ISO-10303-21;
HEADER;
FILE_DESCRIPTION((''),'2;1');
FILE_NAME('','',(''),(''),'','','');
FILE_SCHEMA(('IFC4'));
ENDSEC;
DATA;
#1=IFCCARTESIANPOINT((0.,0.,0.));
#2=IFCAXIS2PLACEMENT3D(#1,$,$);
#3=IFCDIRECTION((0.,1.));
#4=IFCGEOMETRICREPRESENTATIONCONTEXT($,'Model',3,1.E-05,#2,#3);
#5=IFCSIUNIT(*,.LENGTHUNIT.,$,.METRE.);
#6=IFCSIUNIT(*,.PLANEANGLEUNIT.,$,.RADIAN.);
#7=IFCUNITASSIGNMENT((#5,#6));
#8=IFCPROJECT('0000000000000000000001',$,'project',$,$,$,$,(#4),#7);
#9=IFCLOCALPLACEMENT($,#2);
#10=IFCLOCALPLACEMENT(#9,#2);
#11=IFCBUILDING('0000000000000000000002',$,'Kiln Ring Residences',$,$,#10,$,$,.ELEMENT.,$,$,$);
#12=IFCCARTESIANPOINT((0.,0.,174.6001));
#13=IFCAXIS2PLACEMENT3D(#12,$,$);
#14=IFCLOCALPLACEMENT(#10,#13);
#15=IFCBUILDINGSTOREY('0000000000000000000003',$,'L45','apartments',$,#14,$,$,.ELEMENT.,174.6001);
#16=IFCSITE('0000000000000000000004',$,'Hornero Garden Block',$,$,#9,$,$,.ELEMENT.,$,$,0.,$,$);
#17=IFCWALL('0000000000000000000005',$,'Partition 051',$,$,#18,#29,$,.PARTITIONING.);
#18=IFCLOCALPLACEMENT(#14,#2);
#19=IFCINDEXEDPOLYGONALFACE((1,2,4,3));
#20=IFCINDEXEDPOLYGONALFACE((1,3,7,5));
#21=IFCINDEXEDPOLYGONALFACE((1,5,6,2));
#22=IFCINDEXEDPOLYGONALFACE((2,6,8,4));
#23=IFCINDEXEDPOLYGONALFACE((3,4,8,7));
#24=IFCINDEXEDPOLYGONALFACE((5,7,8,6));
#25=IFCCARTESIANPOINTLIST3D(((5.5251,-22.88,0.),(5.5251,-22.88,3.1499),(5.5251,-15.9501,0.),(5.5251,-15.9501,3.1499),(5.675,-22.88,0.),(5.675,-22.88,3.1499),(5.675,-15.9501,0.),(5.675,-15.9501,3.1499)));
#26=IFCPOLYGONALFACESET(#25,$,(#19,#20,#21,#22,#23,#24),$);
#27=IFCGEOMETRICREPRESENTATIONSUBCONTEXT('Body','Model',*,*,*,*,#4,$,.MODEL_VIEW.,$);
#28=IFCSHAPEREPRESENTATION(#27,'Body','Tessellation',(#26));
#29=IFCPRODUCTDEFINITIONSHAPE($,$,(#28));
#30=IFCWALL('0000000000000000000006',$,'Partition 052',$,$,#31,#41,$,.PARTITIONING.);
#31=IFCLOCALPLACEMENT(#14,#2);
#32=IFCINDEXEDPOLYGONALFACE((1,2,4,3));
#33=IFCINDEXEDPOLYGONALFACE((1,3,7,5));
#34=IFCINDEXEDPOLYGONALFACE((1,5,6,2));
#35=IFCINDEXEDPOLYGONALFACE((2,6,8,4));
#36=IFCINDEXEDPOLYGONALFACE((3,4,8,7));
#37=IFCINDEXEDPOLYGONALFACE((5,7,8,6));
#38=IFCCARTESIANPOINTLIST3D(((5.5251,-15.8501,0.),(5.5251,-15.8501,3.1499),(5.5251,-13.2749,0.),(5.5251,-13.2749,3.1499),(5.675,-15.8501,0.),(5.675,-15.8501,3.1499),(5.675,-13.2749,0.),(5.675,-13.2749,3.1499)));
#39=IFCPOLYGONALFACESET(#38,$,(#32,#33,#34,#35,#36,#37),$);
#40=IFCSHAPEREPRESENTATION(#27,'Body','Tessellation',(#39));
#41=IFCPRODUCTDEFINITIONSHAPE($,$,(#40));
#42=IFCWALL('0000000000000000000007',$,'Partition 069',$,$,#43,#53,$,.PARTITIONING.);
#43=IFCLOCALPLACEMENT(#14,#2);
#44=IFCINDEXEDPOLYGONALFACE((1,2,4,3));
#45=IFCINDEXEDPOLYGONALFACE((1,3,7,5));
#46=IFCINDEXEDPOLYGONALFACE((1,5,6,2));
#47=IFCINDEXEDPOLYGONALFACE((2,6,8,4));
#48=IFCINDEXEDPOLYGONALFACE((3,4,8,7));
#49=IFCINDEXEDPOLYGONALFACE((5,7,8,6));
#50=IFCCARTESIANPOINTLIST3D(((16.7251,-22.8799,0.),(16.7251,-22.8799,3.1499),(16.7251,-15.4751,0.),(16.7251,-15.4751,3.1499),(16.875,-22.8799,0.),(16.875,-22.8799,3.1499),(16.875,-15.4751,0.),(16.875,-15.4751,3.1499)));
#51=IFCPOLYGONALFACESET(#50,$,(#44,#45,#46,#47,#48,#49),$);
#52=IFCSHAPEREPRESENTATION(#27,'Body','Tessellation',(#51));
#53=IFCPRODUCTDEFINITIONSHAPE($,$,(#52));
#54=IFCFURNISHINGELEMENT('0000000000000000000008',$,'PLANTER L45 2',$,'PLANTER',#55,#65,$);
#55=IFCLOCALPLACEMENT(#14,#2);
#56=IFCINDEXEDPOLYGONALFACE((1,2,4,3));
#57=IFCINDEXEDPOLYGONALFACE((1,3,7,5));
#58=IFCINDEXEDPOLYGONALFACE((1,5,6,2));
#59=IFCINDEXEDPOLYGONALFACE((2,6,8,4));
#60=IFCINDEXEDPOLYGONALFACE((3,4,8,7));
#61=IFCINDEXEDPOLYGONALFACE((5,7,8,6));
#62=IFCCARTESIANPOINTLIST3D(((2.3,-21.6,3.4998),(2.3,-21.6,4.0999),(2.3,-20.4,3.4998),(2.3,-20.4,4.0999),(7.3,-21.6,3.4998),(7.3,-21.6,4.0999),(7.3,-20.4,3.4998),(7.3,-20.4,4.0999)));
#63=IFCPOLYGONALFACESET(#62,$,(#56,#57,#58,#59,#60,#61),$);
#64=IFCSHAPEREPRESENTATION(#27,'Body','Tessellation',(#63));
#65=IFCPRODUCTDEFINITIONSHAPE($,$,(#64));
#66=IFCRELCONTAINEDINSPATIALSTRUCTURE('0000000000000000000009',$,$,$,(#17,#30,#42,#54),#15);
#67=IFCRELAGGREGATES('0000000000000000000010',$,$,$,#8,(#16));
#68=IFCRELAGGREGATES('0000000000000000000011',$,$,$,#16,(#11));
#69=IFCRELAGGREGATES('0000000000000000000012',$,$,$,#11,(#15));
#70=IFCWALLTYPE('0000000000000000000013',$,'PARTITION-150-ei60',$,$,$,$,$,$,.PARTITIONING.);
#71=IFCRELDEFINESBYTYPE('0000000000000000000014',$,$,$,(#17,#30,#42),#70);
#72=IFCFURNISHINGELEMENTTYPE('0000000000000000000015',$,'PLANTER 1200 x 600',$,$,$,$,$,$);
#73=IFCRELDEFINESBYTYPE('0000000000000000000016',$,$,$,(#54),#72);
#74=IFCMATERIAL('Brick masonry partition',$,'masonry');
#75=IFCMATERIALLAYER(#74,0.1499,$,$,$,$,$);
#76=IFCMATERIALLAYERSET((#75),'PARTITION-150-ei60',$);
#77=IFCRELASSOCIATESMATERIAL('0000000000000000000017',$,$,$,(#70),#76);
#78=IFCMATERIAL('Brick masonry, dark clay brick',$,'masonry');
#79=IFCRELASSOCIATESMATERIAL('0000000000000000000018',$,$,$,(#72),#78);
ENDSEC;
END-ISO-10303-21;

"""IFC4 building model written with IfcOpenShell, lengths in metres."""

from ifc_helpers import new_model, si_unit, direction, frame, frame_2d, origin, origin_2d, place, context, subcontext, project, spatial, rectangle, extrude, material, layer, layer_set, type_object, element, save


model = new_model("IFC4")

# Units and contexts
model_context = context("Model", 3, precision=1e-05, world=origin(), true_north=direction((0.0, 1.0)))
body_context = subcontext(model_context, "Body", "Model", "MODEL_VIEW")
ifc_project = project(units=[si_unit("LENGTHUNIT", "METRE"), si_unit("PLANEANGLEUNIT", "RADIAN")], contexts=[model_context])

# Site, building, storey
site_placement = place(None, origin())
site = spatial("IfcSite", under=ifc_project, at=site_placement, Name="Hornero Garden Block", CompositionType="ELEMENT", RefElevation=0.0)
building_placement = place(site_placement, origin())
building = spatial("IfcBuilding", under=site, at=building_placement, Name="Kiln Ring Residences", CompositionType="ELEMENT")
storey_placement = place(building_placement, frame((0.0, 0.0, 174.6001)))
storey = spatial("IfcBuildingStorey", under=building, at=storey_placement, Name="L45", Description="apartments", CompositionType="ELEMENT", Elevation=174.6001)

# Walls
ifc_material_1 = material(Name="Brick masonry partition", Category="masonry")
ifc_layer_1 = layer(ifc_material_1, 0.1499)
ifc_layer_set_1 = layer_set([ifc_layer_1], Name="PARTITION-150-ei60")
wall_type_1 = type_object("IfcWallType", Name="PARTITION-150-ei60", PredefinedType="PARTITIONING", material=ifc_layer_set_1)
wall_1_placement = place(storey_placement, frame((5.6001, -22.8799, 0.0), z_axis=(0.0, 0.0, 1.0), x_axis=(0.0, 1.0, 0.0)))
element("IfcWall", 1, at=wall_1_placement, inside=storey, type_object=wall_type_1, Name="Partition 051", PredefinedType="PARTITIONING", context=body_context, shape_type="SweptSolid", body=[
    extrude(rectangle(XDim=6.9299, YDim=0.1499, at=frame_2d((3.4648, 0.0))), origin(), (0.0, 0.0, 1.0), 3.1499),
])
wall_2_placement = place(storey_placement, frame((5.6001, -15.8501, 0.0), z_axis=(0.0, 0.0, 1.0), x_axis=(0.0, 1.0, 0.0)))
element("IfcWall", 2, at=wall_2_placement, inside=storey, type_object=wall_type_1, Name="Partition 052", PredefinedType="PARTITIONING", context=body_context, shape_type="SweptSolid", body=[
    extrude(rectangle(XDim=2.5752, YDim=0.1499, at=frame_2d((1.2876, 0.0))), origin(), (0.0, 0.0, 1.0), 3.1499),
])
wall_3_placement = place(storey_placement, frame((16.8, -22.8799, 0.0), z_axis=(0.0, 0.0, 1.0), x_axis=(0.0, 1.0, 0.0)))
element("IfcWall", 3, at=wall_3_placement, inside=storey, type_object=wall_type_1, Name="Partition 069", PredefinedType="PARTITIONING", context=body_context, shape_type="SweptSolid", body=[
    extrude(rectangle(XDim=7.4048, YDim=0.1499, at=frame_2d((3.7024, 0.0))), origin(), (0.0, 0.0, 1.0), 3.1499),
])

# Furnishing element
ifc_material_2 = material(Name="Brick masonry, dark clay brick", Category="masonry")
furnishing_element_type = type_object("IfcFurnishingElementType", Name="PLANTER 1200 x 600", material=ifc_material_2)
furnishing_placement = place(storey_placement, frame((4.8, -21.0, 3.4998), z_axis=(0.0, 0.0, 1.0), x_axis=(1.0, 0.0, 0.0)))
element("IfcFurnishingElement", 4, at=furnishing_placement, inside=storey, type_object=furnishing_element_type, Name="PLANTER L45 2", ObjectType="PLANTER", context=body_context, shape_type="SweptSolid", body=[
    extrude(rectangle(XDim=5.0, YDim=1.2, at=origin_2d()), origin(), (0.0, 0.0, 1.0), 0.6001),
])

save(model, "model.ifc")
